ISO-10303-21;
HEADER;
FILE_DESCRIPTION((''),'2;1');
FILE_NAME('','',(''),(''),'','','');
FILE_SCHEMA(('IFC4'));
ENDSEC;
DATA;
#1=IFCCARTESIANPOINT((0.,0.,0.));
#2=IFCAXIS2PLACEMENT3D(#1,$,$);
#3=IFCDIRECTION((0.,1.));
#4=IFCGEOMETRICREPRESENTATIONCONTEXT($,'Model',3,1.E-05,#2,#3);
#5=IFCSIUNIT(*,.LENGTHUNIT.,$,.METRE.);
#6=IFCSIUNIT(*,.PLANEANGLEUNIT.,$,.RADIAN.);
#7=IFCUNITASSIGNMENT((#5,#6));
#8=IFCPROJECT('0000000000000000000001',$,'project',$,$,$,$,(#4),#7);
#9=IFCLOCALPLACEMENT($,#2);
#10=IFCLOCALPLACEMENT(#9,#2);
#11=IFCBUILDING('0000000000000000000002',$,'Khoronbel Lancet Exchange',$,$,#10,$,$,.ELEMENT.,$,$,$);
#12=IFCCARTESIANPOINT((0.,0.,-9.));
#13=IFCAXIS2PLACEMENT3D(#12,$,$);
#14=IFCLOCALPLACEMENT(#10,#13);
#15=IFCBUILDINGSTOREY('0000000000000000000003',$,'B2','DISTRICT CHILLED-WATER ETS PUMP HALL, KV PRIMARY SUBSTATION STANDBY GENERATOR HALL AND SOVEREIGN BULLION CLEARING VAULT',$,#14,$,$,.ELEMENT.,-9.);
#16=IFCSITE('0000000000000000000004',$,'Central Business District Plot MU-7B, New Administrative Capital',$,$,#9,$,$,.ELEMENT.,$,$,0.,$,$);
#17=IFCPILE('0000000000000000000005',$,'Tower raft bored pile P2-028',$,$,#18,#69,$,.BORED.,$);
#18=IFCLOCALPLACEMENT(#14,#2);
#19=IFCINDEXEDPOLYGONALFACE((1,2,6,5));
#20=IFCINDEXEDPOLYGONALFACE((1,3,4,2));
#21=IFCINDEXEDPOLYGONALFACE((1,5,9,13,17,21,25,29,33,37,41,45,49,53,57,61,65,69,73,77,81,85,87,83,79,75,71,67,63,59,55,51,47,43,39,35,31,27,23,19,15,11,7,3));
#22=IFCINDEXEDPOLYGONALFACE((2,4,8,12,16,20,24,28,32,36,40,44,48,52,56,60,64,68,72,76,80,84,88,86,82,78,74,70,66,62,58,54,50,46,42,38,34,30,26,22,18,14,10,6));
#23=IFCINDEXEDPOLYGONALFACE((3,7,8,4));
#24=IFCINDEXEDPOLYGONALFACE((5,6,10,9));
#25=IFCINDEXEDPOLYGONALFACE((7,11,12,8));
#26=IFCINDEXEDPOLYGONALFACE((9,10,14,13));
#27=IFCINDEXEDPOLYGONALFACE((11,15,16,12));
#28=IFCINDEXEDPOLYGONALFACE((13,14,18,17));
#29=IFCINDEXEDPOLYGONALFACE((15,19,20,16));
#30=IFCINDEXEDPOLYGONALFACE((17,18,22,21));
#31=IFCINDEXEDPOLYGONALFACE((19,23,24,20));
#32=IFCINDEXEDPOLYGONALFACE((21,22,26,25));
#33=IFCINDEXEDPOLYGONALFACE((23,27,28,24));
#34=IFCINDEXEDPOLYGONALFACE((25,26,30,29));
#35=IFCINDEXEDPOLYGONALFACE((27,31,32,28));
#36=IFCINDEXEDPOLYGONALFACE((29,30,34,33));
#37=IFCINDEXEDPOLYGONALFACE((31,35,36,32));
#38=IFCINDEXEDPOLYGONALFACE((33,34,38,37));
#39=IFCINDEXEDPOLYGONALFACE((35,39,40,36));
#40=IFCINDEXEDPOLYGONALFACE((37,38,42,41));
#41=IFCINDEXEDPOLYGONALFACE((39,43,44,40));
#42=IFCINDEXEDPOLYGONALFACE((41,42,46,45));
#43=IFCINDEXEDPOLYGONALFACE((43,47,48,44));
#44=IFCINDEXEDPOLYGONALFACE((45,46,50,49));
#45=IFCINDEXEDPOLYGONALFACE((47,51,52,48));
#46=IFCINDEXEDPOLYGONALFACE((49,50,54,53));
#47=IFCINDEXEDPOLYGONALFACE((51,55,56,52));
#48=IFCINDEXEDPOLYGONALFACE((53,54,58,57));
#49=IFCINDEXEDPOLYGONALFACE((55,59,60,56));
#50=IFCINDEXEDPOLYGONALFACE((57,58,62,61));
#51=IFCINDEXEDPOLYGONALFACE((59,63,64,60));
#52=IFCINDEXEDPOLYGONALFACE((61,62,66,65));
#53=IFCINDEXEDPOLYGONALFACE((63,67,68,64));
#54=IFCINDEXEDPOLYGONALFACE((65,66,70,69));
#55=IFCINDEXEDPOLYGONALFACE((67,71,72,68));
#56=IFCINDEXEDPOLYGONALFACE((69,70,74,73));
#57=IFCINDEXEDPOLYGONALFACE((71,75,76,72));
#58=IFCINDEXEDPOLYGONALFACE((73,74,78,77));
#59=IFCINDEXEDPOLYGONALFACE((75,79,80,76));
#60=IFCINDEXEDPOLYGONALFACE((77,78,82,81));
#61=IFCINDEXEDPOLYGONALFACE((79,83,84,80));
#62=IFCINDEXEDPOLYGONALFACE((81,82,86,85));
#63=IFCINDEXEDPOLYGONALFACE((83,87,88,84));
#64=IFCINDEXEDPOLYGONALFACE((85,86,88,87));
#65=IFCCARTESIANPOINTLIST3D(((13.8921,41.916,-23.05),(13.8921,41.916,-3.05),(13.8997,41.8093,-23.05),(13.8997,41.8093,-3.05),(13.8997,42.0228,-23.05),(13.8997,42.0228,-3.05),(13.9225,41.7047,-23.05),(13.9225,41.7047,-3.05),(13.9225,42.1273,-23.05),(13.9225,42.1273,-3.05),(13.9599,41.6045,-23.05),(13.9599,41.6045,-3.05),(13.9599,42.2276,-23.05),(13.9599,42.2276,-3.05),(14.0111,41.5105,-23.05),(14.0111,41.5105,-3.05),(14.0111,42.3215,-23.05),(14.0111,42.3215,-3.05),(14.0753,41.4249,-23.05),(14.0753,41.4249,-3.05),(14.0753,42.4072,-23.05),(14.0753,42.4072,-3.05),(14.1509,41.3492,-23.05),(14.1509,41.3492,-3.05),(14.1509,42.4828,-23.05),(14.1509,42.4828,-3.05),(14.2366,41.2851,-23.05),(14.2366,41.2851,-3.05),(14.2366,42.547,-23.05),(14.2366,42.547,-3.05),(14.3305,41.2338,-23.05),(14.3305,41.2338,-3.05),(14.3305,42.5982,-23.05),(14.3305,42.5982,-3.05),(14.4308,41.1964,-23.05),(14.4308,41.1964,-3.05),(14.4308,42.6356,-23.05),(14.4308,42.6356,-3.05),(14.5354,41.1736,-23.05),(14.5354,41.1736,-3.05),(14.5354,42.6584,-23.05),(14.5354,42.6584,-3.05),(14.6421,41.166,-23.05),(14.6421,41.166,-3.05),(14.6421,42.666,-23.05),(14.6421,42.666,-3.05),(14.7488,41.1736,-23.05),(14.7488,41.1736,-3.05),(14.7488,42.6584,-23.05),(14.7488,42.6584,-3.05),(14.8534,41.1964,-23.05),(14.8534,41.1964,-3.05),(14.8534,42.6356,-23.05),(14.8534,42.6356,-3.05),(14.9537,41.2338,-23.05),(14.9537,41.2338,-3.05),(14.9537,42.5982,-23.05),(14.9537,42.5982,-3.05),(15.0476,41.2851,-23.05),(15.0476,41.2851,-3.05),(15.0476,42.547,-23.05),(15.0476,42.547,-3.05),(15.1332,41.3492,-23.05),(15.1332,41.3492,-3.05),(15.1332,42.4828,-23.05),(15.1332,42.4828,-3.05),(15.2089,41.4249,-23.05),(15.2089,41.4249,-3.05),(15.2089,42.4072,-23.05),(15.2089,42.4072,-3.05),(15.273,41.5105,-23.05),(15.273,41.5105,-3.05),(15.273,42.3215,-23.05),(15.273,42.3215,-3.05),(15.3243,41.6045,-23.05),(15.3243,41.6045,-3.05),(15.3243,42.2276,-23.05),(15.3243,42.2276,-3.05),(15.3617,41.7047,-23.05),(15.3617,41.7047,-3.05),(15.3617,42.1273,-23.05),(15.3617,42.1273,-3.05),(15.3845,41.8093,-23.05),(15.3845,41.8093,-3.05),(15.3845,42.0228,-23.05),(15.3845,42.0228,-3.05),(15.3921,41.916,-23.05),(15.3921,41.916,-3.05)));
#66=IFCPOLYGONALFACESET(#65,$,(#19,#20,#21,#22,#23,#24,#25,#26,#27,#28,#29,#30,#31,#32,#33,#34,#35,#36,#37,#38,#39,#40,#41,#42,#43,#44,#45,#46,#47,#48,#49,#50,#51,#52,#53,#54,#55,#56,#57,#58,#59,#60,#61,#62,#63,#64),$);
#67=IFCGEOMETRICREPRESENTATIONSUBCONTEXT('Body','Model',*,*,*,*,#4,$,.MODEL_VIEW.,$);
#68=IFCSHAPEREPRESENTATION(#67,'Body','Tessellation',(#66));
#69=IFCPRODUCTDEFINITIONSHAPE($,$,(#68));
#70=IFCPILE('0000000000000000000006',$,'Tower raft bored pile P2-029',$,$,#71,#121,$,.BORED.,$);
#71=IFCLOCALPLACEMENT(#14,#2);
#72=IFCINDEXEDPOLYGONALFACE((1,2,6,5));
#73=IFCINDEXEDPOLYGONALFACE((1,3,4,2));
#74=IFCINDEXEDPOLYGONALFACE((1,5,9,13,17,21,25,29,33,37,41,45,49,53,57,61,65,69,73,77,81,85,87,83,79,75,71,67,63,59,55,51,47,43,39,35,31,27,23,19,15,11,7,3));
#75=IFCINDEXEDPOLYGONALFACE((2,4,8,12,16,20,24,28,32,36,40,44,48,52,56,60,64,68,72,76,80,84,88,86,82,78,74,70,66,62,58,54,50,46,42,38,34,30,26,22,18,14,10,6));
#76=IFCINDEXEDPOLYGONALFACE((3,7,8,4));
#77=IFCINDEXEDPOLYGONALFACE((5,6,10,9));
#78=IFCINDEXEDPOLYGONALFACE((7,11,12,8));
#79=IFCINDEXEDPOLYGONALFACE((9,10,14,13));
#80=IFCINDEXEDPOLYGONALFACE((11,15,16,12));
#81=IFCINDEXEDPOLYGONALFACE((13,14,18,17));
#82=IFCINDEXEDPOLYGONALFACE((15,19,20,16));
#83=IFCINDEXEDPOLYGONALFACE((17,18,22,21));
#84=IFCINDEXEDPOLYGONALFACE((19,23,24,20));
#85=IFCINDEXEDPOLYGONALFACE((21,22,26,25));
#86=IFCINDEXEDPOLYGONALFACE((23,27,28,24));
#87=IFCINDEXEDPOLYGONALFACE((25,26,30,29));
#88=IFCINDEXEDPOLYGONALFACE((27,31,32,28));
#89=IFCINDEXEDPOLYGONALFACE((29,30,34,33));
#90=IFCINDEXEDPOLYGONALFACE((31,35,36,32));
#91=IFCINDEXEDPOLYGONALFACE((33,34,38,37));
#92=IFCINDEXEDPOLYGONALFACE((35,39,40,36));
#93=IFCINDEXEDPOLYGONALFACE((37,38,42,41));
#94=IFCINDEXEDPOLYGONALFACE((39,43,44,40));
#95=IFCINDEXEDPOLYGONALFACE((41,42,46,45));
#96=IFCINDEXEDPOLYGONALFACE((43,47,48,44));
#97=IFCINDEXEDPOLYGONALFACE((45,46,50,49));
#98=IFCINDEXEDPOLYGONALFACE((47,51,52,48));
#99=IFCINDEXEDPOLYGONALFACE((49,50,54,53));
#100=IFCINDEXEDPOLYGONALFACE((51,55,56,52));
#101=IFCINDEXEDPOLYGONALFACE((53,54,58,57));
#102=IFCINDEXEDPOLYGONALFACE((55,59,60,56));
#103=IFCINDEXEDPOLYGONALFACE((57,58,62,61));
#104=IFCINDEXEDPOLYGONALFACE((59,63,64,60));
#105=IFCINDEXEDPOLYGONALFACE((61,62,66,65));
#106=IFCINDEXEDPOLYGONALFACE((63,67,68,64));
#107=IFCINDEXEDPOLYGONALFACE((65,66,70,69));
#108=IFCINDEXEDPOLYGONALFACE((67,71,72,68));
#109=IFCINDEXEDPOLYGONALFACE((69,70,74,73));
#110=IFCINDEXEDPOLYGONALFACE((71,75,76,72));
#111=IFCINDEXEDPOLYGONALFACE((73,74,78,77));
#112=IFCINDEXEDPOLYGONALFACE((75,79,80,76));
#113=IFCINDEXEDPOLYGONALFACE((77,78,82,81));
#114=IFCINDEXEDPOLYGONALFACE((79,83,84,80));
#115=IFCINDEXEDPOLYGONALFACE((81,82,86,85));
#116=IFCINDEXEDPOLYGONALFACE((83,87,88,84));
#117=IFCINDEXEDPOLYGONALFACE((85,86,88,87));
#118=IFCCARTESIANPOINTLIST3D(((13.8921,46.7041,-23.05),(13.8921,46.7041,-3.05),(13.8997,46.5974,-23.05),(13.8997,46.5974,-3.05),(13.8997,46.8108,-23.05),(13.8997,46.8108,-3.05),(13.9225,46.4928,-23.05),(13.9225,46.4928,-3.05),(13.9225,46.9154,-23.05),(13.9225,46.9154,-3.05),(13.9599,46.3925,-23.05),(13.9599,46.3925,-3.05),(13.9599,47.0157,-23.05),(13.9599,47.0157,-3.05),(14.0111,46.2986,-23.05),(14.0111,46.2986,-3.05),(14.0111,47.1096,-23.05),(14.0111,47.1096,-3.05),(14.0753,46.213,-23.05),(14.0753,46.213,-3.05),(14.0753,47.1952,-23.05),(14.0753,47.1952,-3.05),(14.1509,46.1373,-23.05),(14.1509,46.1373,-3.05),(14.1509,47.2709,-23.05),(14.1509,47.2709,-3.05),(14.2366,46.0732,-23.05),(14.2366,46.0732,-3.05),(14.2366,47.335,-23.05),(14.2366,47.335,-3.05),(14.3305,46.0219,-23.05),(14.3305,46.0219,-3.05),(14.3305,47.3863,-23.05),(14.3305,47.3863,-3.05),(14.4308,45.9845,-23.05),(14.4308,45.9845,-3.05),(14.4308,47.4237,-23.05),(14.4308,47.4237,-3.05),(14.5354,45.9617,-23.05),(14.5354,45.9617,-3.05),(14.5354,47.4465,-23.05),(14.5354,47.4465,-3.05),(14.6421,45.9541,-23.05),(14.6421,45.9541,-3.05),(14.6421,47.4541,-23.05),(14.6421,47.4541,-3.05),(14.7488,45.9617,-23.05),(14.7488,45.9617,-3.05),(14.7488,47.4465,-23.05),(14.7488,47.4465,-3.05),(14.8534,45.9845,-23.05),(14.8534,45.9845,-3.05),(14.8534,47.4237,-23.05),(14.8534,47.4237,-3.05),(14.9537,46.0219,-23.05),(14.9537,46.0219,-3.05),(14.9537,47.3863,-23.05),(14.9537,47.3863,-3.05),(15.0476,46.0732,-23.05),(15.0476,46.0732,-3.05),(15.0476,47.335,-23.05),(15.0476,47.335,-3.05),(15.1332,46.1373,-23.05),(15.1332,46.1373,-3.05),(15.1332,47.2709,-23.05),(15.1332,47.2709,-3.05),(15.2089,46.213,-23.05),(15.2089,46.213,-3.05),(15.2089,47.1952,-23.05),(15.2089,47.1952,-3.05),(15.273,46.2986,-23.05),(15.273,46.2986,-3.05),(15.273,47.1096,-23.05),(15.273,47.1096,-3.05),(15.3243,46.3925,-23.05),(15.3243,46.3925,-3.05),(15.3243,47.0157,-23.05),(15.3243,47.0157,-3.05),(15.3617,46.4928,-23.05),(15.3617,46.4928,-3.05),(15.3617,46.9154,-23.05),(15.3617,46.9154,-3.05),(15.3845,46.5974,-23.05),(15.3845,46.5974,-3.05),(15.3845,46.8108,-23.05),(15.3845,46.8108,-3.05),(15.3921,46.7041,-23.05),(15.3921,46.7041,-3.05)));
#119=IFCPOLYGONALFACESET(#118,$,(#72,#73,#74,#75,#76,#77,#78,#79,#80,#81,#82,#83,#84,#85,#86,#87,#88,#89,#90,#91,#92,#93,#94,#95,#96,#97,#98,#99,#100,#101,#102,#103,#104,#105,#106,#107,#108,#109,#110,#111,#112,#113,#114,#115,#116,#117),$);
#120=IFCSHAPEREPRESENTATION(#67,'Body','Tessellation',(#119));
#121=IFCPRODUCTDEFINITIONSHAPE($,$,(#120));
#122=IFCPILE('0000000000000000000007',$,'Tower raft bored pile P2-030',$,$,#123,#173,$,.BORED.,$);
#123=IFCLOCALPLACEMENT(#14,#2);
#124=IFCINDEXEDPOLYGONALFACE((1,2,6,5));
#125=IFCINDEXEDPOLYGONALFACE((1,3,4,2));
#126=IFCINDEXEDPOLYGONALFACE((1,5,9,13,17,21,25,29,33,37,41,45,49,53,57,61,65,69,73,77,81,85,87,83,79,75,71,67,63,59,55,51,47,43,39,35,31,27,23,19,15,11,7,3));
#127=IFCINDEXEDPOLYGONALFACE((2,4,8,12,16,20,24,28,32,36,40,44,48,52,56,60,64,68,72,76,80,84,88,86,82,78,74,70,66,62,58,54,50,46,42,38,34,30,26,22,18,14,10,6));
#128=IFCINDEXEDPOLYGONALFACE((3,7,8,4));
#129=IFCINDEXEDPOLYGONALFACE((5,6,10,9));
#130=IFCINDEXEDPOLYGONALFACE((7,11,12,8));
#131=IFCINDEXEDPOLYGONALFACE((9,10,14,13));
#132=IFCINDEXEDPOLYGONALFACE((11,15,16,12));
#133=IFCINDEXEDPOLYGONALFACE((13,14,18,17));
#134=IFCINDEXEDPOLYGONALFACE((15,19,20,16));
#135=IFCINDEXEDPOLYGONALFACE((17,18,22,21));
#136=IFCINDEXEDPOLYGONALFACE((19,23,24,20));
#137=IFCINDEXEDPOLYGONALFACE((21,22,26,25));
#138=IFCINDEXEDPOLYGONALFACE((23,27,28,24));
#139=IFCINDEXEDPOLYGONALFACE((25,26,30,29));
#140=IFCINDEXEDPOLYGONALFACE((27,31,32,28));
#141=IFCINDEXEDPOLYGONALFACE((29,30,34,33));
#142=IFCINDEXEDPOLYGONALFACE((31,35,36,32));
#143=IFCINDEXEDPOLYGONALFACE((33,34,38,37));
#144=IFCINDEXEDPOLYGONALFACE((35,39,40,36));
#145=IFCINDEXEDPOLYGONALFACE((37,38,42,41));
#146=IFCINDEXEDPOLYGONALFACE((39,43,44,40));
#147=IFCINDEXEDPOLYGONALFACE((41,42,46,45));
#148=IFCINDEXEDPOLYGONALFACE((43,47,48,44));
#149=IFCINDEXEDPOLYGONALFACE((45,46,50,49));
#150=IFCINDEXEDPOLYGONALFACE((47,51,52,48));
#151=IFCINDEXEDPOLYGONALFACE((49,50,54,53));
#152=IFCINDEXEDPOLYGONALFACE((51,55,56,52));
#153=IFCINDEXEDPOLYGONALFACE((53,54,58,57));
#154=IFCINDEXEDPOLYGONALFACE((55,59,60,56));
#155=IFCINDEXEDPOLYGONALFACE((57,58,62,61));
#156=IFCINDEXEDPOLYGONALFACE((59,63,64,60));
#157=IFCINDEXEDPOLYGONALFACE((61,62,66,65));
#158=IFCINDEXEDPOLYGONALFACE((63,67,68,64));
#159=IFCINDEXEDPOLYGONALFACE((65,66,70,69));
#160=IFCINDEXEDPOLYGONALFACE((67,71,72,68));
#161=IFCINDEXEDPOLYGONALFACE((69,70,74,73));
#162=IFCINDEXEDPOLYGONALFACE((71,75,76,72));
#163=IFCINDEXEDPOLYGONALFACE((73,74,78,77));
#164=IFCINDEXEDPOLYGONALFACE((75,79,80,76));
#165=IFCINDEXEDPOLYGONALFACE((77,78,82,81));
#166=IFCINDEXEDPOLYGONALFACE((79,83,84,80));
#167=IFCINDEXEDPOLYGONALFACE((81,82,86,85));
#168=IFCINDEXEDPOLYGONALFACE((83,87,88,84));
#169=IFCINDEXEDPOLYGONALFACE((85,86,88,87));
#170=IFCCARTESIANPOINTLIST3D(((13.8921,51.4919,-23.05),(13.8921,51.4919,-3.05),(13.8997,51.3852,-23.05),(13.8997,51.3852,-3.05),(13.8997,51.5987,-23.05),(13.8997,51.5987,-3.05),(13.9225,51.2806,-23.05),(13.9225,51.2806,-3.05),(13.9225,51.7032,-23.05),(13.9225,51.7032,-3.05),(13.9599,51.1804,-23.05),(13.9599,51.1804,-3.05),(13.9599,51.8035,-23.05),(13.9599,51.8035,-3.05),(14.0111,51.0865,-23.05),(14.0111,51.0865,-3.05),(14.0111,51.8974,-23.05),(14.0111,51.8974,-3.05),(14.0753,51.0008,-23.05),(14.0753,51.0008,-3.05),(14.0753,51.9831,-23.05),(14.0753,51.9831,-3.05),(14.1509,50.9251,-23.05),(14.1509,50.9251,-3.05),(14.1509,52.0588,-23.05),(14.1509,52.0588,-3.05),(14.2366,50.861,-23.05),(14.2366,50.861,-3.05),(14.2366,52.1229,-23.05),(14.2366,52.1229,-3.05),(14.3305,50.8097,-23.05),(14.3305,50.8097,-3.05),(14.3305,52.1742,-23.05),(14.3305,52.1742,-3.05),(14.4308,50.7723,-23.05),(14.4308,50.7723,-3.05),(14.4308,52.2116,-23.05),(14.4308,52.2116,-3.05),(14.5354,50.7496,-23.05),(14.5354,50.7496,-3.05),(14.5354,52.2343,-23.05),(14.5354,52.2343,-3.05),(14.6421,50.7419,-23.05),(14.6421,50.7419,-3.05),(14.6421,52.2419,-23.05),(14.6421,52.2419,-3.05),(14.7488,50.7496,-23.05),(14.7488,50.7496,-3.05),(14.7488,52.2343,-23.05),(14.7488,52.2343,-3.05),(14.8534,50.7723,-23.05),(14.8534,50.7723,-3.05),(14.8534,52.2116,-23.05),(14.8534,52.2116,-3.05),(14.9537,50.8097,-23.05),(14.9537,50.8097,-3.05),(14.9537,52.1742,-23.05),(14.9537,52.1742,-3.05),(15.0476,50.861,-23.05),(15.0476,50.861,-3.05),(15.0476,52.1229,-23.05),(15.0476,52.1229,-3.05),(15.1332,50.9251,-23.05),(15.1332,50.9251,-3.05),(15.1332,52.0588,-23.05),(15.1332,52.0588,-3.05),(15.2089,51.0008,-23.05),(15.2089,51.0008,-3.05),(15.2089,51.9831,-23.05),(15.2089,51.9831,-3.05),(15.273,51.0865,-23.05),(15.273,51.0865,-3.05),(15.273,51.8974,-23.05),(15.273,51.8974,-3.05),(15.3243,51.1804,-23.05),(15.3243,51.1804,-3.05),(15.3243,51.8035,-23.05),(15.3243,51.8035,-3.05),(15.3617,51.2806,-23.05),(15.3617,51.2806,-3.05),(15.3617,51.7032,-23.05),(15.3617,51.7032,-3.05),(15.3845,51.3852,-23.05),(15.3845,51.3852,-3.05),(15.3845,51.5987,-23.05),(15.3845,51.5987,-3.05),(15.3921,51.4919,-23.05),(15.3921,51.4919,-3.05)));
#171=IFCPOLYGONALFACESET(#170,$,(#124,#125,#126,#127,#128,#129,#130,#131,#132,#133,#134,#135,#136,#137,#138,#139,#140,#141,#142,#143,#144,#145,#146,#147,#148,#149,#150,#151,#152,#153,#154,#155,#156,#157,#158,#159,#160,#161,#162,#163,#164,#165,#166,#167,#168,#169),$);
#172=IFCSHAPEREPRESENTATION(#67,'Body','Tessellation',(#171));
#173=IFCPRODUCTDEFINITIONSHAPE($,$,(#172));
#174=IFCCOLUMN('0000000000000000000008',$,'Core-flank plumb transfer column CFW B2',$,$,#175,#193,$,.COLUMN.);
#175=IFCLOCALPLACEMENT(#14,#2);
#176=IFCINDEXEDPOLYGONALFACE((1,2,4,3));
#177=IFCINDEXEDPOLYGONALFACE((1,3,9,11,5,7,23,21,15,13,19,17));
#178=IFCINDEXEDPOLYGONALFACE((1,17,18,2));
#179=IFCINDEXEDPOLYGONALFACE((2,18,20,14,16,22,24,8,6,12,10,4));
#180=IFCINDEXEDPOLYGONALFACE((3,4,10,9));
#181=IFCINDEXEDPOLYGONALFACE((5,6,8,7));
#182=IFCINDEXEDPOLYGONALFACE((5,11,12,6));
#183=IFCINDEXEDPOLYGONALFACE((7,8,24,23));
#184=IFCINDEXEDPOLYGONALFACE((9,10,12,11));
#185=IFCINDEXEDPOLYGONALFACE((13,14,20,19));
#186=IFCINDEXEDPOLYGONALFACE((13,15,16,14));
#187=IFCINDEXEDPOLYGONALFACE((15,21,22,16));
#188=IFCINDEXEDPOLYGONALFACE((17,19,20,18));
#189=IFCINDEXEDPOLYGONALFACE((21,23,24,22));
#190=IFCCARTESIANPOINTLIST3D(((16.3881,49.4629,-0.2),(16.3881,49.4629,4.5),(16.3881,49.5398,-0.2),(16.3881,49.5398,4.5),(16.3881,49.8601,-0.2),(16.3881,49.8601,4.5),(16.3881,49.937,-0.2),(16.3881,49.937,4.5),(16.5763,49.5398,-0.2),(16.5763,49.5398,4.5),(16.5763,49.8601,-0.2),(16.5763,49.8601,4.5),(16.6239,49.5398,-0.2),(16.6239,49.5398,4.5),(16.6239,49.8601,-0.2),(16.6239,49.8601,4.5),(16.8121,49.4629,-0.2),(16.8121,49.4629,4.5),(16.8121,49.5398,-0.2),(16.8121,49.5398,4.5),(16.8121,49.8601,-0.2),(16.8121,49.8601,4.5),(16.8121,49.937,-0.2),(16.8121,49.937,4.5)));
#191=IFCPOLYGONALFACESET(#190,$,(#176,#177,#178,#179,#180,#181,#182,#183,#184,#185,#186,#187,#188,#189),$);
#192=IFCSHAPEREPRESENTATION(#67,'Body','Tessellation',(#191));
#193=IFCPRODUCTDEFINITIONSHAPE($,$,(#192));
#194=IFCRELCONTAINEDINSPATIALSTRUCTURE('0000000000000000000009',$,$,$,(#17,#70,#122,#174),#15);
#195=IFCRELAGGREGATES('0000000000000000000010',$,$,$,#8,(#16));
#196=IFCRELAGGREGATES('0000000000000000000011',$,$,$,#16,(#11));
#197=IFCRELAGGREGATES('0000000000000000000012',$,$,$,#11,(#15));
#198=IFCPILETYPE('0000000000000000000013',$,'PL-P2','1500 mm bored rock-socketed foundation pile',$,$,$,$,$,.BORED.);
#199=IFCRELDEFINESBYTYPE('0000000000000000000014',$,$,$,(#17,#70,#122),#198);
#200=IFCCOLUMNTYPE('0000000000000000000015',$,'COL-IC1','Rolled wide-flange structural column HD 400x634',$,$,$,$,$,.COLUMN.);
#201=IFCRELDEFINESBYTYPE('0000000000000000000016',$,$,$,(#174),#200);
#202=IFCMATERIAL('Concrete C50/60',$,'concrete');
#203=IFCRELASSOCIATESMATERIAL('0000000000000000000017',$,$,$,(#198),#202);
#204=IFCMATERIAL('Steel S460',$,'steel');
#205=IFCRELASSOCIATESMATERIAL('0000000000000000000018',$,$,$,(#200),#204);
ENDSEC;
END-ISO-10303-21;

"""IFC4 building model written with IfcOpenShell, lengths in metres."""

from ifc_helpers import new_model, si_unit, direction, frame, origin, origin_2d, place, context, subcontext, project, spatial, circle, i_section, extrude, material, material_profile, profile_set, type_object, element, save


model = new_model("IFC4")

# Units and contexts
model_context = context("Model", 3, precision=1e-05, world=origin(), true_north=direction((0.0, 1.0)))
body_context = subcontext(model_context, "Body", "Model", "MODEL_VIEW")
ifc_project = project(units=[si_unit("LENGTHUNIT", "METRE"), si_unit("PLANEANGLEUNIT", "RADIAN")], contexts=[model_context])

# Site, building, storey
site_placement = place(None, origin())
site = spatial("IfcSite", under=ifc_project, at=site_placement, Name="Central Business District Plot MU-7B, New Administrative Capital", CompositionType="ELEMENT", RefElevation=0.0)
building_placement = place(site_placement, origin())
building = spatial("IfcBuilding", under=site, at=building_placement, Name="Khoronbel Lancet Exchange", CompositionType="ELEMENT")
storey_placement = place(building_placement, frame((0.0, 0.0, -9.0)))
storey = spatial("IfcBuildingStorey", under=building, at=storey_placement, Name="B2", Description="DISTRICT CHILLED-WATER ETS PUMP HALL, KV PRIMARY SUBSTATION STANDBY GENERATOR HALL AND SOVEREIGN BULLION CLEARING VAULT", CompositionType="ELEMENT", Elevation=-9.0)

# Piles
ifc_material_1 = material(Name="Concrete C50/60", Category="concrete")
ifc_material_profile_1 = material_profile(ifc_material_1, circle(Radius=0.75, at=origin_2d()), Name="BORED PILE D1500")
ifc_profile_set_1 = profile_set([ifc_material_profile_1], Name="Concrete C50/60")
pile_type = type_object("IfcPileType", Name="PL-P2", Description="1500 mm bored rock-socketed foundation pile", PredefinedType="BORED", material=ifc_profile_set_1)
for number, where, z_axis, x_axis, name in (
    (1, (14.6421, 41.916, -3.05), (0.0, 0.0, -1.0), (1.0, 0.0, 0.0), "Tower raft bored pile P2-028"),
    (2, (14.6421, 46.7041, -3.05), (0.0, 0.0, -1.0), (1.0, 0.0, 0.0), "Tower raft bored pile P2-029"),
    (3, (14.6421, 51.4919, -3.05), (0.0, 0.0, -1.0), (1.0, 0.0, 0.0), "Tower raft bored pile P2-030"),
):
    element("IfcPile", number, at=place(storey_placement, frame(where, z_axis=z_axis, x_axis=x_axis)), inside=storey, type_object=pile_type, Name=name, PredefinedType="BORED", context=body_context, shape_type="SweptSolid", body=[
        extrude(circle(Radius=0.75, at=origin_2d()), origin(), (0.0, 0.0, 1.0), 20.0),
    ])

# Column
ifc_material_2 = material(Name="Steel S460", Category="steel")
ifc_material_profile_2 = material_profile(ifc_material_2, i_section(OverallWidth=0.4241, OverallDepth=0.4741, WebThickness=0.0476, FlangeThickness=0.0769, at=origin_2d()), Name="HD 400x634")
ifc_profile_set_2 = profile_set([ifc_material_profile_2], Name="Steel S460")
column_type_1 = type_object("IfcColumnType", Name="COL-IC1", Description="Rolled wide-flange structural column HD 400x634", PredefinedType="COLUMN", material=ifc_profile_set_2)
column_1_placement = place(storey_placement, frame((16.6001, 49.7, -0.2), z_axis=(0.0, 0.0, 1.0), x_axis=(1.0, 0.0, 0.0)))
element("IfcColumn", 4, at=column_1_placement, inside=storey, type_object=column_type_1, Name="Core-flank plumb transfer column CFW B2", PredefinedType="COLUMN", context=body_context, shape_type="SweptSolid", body=[
    extrude(i_section(OverallWidth=0.4241, OverallDepth=0.4741, WebThickness=0.0476, FlangeThickness=0.0769, at=origin_2d()), origin(), (0.0, 0.0, 1.0), 4.7),
])

save(model, "model.ifc")
